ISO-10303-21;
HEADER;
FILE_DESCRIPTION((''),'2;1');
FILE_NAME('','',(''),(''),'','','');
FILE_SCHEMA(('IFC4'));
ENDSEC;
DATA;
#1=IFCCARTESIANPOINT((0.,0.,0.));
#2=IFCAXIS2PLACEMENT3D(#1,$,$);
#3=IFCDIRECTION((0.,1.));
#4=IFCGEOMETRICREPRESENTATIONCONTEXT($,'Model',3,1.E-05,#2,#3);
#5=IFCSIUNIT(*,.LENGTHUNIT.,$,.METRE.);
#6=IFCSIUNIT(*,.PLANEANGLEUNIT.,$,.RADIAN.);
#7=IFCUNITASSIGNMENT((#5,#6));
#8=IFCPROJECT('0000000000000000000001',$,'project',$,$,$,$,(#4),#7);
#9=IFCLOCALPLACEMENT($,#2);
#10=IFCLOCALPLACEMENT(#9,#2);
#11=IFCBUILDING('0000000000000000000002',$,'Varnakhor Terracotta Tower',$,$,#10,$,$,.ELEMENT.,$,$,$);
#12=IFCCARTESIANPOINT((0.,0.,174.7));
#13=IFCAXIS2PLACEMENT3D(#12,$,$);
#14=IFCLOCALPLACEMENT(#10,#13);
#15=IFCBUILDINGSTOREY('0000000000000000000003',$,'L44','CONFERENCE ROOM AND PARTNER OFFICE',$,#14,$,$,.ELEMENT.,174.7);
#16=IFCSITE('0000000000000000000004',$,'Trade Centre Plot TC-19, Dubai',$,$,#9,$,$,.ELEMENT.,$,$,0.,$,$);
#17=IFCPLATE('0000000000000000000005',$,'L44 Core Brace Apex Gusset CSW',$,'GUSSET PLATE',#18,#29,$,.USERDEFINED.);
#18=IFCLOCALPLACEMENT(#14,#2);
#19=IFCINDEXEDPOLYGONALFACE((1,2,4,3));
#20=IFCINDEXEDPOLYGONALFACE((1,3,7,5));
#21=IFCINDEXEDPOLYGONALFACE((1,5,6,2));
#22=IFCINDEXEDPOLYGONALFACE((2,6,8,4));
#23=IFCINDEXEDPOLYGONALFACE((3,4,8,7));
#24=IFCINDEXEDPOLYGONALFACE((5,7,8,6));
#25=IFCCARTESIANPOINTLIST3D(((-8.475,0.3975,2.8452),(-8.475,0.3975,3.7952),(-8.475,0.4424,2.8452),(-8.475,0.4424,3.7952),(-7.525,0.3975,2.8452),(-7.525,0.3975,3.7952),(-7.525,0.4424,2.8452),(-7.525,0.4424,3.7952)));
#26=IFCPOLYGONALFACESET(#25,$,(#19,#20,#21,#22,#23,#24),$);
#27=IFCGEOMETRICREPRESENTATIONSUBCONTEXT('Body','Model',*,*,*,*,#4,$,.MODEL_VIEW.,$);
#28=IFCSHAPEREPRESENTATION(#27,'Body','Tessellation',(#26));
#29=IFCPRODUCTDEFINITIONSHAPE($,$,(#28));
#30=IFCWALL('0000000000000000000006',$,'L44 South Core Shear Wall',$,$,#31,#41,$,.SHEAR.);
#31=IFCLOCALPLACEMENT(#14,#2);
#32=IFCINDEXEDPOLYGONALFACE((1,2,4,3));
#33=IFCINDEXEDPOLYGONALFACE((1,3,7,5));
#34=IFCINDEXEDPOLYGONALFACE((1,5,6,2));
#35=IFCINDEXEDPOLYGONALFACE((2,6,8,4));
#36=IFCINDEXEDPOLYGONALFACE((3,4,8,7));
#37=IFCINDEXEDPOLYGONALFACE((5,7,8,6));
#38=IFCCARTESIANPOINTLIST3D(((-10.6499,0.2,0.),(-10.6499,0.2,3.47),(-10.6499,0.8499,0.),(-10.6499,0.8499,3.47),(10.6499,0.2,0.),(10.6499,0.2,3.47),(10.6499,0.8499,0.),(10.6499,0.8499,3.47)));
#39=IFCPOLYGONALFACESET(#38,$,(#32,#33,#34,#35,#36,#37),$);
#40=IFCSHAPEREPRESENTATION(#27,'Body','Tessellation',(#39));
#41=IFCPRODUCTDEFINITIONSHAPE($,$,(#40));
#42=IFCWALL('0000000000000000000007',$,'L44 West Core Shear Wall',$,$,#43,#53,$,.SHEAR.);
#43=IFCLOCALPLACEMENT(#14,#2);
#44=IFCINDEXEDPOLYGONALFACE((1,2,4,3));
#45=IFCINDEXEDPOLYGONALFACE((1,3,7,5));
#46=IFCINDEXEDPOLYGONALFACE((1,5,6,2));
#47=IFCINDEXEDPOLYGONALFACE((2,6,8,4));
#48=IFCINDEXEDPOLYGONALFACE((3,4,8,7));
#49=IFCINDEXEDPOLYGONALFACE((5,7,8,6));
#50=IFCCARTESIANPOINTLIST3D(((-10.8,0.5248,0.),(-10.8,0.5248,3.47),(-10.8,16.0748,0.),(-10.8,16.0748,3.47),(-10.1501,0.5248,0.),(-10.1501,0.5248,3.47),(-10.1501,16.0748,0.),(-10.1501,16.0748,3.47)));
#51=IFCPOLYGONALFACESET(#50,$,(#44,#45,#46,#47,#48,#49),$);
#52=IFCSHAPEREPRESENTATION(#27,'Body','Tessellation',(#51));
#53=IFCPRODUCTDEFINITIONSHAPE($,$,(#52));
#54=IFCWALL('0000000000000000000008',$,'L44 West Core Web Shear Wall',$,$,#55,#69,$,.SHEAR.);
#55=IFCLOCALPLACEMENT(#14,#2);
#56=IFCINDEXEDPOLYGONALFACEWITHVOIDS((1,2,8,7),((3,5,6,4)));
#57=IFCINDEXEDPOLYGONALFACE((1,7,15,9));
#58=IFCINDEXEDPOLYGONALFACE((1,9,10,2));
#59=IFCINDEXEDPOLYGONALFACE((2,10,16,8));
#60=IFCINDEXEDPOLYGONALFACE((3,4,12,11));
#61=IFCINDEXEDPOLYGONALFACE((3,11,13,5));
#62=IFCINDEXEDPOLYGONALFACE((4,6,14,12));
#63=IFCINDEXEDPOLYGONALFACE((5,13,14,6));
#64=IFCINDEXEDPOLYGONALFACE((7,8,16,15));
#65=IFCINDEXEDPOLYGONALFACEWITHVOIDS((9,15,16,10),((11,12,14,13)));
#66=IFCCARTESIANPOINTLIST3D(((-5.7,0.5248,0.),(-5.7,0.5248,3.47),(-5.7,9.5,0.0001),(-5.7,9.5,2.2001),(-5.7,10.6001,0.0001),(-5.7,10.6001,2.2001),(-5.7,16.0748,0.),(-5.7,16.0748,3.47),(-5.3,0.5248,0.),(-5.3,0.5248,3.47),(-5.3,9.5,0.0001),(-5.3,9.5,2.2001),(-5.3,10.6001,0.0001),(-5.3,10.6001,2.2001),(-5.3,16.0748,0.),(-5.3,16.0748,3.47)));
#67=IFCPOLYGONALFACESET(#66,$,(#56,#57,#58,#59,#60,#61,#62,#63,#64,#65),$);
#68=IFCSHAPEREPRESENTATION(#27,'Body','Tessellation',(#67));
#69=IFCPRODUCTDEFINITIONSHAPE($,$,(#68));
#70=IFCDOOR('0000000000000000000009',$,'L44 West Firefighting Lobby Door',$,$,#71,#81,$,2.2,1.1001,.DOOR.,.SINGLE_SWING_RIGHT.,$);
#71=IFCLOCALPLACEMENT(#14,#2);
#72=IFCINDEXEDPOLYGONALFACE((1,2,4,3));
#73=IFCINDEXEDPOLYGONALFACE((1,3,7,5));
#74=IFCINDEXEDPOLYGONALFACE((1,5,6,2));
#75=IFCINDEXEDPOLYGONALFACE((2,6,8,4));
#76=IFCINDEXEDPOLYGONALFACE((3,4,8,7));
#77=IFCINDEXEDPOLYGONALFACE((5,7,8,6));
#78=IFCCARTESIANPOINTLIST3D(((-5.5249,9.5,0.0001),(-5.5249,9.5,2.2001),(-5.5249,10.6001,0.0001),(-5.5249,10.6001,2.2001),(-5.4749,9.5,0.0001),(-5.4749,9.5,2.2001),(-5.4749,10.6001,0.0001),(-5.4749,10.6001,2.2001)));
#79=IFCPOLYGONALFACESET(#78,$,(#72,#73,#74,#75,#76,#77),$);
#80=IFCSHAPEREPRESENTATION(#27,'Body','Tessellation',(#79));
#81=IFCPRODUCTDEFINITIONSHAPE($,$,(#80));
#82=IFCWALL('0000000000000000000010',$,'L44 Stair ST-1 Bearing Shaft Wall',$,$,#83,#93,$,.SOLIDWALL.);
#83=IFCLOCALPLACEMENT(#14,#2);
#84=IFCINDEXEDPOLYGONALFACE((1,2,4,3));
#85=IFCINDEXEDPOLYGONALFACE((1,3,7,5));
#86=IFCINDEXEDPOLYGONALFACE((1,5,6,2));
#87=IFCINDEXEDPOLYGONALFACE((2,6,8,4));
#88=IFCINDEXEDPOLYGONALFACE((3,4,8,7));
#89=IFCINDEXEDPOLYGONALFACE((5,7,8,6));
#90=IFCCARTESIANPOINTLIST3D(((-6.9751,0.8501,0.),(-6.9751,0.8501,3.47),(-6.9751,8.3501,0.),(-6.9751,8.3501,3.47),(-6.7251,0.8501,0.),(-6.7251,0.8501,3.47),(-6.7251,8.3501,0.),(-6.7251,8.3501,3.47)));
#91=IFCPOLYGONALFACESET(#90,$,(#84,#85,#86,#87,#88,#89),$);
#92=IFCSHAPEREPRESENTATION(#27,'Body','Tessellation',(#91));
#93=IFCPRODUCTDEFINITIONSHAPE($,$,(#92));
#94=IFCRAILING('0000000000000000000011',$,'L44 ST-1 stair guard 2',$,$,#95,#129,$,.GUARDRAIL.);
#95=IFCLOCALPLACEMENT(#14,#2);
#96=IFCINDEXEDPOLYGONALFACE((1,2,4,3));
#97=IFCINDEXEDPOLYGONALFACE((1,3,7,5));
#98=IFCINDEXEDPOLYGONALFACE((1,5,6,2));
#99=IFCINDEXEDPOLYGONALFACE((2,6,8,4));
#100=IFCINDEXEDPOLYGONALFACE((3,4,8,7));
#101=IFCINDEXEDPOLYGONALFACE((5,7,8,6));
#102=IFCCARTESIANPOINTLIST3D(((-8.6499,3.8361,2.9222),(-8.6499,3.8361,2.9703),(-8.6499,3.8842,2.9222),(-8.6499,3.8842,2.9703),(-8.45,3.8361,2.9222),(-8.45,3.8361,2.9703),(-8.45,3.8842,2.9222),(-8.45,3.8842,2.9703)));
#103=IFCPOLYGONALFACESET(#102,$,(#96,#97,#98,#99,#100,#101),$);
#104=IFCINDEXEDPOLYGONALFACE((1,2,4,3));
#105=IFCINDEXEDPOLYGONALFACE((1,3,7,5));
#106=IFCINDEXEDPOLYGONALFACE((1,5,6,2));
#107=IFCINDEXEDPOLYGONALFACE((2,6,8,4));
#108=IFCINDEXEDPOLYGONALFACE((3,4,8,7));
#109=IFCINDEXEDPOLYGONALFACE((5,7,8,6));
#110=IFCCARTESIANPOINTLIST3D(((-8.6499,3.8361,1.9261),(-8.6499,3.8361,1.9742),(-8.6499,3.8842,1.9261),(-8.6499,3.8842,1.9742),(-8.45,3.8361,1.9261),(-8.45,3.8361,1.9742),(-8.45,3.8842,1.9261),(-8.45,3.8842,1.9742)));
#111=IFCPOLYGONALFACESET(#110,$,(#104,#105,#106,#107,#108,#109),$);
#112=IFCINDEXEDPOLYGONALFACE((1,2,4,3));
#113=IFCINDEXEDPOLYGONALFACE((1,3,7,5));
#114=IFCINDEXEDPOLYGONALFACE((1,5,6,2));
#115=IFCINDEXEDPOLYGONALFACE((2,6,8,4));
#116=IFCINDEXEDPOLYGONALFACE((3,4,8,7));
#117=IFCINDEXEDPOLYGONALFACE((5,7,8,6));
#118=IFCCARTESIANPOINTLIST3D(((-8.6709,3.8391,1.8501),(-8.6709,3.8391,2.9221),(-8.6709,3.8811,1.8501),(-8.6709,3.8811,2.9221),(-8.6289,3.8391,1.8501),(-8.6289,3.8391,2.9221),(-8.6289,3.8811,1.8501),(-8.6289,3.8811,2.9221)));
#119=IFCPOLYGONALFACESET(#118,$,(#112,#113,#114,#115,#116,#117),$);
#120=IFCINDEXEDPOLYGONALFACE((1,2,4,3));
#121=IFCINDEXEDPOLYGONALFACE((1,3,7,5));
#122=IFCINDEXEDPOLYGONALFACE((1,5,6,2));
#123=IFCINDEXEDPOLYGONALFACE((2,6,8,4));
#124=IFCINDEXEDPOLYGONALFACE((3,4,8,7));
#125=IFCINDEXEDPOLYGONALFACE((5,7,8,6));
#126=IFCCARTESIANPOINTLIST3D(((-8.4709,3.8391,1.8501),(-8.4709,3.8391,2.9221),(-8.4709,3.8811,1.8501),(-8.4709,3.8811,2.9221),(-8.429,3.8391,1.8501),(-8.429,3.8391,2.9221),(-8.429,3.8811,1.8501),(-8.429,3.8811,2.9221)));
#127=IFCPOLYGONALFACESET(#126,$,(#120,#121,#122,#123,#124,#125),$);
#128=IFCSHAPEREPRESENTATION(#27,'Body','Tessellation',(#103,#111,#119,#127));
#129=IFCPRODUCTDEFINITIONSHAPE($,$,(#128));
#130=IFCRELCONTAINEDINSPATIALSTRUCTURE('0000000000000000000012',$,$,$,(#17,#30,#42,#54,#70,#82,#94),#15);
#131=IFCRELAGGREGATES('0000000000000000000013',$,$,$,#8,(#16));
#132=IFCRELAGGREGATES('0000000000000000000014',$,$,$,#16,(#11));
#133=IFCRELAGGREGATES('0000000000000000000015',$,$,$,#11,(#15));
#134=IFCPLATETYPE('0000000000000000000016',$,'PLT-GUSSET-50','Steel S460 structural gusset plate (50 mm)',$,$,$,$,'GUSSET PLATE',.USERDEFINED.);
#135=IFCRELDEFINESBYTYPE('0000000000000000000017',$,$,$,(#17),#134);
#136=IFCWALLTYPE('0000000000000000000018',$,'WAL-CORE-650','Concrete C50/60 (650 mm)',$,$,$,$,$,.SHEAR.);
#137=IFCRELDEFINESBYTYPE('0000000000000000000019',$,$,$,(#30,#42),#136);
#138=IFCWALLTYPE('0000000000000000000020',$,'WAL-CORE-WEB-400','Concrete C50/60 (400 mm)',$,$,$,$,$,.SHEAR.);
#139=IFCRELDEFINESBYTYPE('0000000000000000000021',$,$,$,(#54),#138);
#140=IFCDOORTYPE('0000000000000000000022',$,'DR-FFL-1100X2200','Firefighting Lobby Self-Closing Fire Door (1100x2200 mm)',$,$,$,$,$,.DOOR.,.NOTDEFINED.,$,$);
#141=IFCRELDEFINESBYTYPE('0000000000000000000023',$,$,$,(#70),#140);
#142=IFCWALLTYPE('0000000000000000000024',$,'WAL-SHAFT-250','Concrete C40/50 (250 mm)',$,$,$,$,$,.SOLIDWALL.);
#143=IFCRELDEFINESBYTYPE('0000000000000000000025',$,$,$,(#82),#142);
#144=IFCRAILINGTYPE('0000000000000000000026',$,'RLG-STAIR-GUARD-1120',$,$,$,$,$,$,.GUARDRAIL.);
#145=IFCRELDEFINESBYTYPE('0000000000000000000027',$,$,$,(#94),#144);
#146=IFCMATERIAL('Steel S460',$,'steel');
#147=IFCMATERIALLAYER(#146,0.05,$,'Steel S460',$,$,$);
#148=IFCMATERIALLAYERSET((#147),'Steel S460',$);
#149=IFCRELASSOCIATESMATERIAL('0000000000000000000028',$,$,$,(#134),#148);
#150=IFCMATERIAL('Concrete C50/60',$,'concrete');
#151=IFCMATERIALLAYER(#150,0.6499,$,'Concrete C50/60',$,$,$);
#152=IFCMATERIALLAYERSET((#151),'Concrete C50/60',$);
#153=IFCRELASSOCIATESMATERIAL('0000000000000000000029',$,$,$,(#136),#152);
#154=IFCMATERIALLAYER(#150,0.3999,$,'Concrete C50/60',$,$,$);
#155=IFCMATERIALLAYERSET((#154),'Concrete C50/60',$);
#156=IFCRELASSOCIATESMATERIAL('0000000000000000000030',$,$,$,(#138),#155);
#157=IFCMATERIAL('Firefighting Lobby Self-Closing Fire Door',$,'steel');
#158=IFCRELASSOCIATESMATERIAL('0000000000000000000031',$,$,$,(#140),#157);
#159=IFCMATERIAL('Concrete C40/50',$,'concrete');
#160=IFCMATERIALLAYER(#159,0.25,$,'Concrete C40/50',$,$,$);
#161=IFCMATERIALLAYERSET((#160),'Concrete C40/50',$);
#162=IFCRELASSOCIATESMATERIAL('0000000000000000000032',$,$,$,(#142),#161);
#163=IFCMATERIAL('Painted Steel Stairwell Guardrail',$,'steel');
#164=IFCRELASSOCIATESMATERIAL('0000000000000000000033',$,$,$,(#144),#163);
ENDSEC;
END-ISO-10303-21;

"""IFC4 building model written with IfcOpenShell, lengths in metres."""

from ifc_helpers import new_model, si_unit, direction, frame, frame_2d, origin, origin_2d, place, context, subcontext, project, spatial, rectangle, extrude, source, transform, mapped, material, layer, layer_set, type_object, type_shapes, element, fill, save


model = new_model("IFC4")

# Units and contexts
model_context = context("Model", 3, precision=1e-05, world=origin(), true_north=direction((0.0, 1.0)))
body_context = subcontext(model_context, "Body", "Model", "MODEL_VIEW")
ifc_project = project(units=[si_unit("LENGTHUNIT", "METRE"), si_unit("PLANEANGLEUNIT", "RADIAN")], contexts=[model_context])

# Site, building, storey
site_placement = place(None, origin())
site = spatial("IfcSite", under=ifc_project, at=site_placement, Name="Trade Centre Plot TC-19, Dubai", CompositionType="ELEMENT", RefElevation=0.0)
building_placement = place(site_placement, origin())
building = spatial("IfcBuilding", under=site, at=building_placement, Name="Varnakhor Terracotta Tower", CompositionType="ELEMENT")
storey_placement = place(building_placement, frame((0.0, 0.0, 174.7)))
storey = spatial("IfcBuildingStorey", under=building, at=storey_placement, Name="L44", Description="CONFERENCE ROOM AND PARTNER OFFICE", CompositionType="ELEMENT", Elevation=174.7)

# Shared definitions
ifc_material_1 = material(Name="Concrete C50/60", Category="concrete")

# Shared definitions
ifc_material_2 = material(Name="Steel S460", Category="steel")

# Plate
ifc_layer_1 = layer(ifc_material_2, 0.05, Name="Steel S460")
ifc_layer_set_1 = layer_set([ifc_layer_1], Name="Steel S460")
plate_type = type_object("IfcPlateType", Name="PLT-GUSSET-50", Description="Steel S460 structural gusset plate (50 mm)", ElementType="GUSSET PLATE", PredefinedType="USERDEFINED", material=ifc_layer_set_1)
shared_shape_1 = source(origin(), body_context, "Body", "SweptSolid", [
    extrude(rectangle(XDim=0.95, YDim=0.0449, at=origin_2d()), origin(), (0.0, 0.0, 1.0), 0.95),
])
plate_placement = place(storey_placement, frame((-8.0, 0.4199, 2.8452), z_axis=(0.0, 0.0, 1.0), x_axis=(1.0, 0.0, 0.0)))
element("IfcPlate", 1, at=plate_placement, inside=storey, type_object=plate_type, Name="L44 Core Brace Apex Gusset CSW", ObjectType="GUSSET PLATE", PredefinedType="USERDEFINED", context=body_context, shape_type="MappedRepresentation", body=[
    mapped(shared_shape_1, transform((0.0, 0.0, 0.0), scale=1.0)),
])

# Walls
ifc_layer_2 = layer(ifc_material_1, 0.6499, Name="Concrete C50/60")
ifc_layer_set_2 = layer_set([ifc_layer_2], Name="Concrete C50/60")
wall_type_1 = type_object("IfcWallType", Name="WAL-CORE-650", Description="Concrete C50/60 (650 mm)", PredefinedType="SHEAR", material=ifc_layer_set_2)
wall_1_placement = place(storey_placement, frame((-10.6499, 0.5249, 0.0), z_axis=(0.0, 0.0, 1.0), x_axis=(1.0, 0.0, 0.0)))
element("IfcWall", 2, at=wall_1_placement, inside=storey, type_object=wall_type_1, Name="L44 South Core Shear Wall", PredefinedType="SHEAR", context=body_context, shape_type="SweptSolid", body=[
    extrude(rectangle(XDim=21.2998, YDim=0.6499, at=frame_2d((10.6499, 0.0))), origin(), (0.0, 0.0, 1.0), 3.47),
])
wall_2_placement = place(storey_placement, frame((-10.4751, 0.5249, 0.0), z_axis=(0.0, 0.0, 1.0), x_axis=(0.0, 1.0, 0.0)))
element("IfcWall", 3, at=wall_2_placement, inside=storey, type_object=wall_type_1, Name="L44 West Core Shear Wall", PredefinedType="SHEAR", context=body_context, shape_type="SweptSolid", body=[
    extrude(rectangle(XDim=15.55, YDim=0.6499, at=frame_2d((7.7749, 0.0))), origin(), (0.0, 0.0, 1.0), 3.47),
])

# Wall, opening, door
ifc_layer_3 = layer(ifc_material_1, 0.3999, Name="Concrete C50/60")
ifc_layer_set_3 = layer_set([ifc_layer_3], Name="Concrete C50/60")
wall_type_2 = type_object("IfcWallType", Name="WAL-CORE-WEB-400", Description="Concrete C50/60 (400 mm)", PredefinedType="SHEAR", material=ifc_layer_set_3)
wall_3_placement = place(storey_placement, frame((-5.5, 0.5249, 0.0), z_axis=(0.0, 0.0, 1.0), x_axis=(0.0, 1.0, 0.0)))
wall_3 = element("IfcWall", 4, at=wall_3_placement, inside=storey, type_object=wall_type_2, Name="L44 West Core Web Shear Wall", PredefinedType="SHEAR", context=body_context, shape_type="SweptSolid", body=[
    extrude(rectangle(XDim=15.55, YDim=0.3999, at=frame_2d((7.7749, 0.0))), origin(), (0.0, 0.0, 1.0), 3.47),
])
opening_placement = place(wall_3_placement, frame((8.9751, 0.0, 0.0)))
opening = element("IfcOpeningElement", 5, at=opening_placement, cuts=wall_3, PredefinedType="OPENING", context=body_context, shape_type="SweptSolid", body=[
    extrude(rectangle(XDim=1.1001, YDim=2.2, at=frame_2d((0.55, 1.1001))), frame((0.0, 0.21, 0.0), z_axis=(0.0, -1.0, 0.0), x_axis=(1.0, 0.0, 0.0)), (0.0, 0.0, 1.0), 0.4199),
])
ifc_material_3 = material(Name="Firefighting Lobby Self-Closing Fire Door", Category="steel")
door_type = type_object("IfcDoorType", Name="DR-FFL-1100X2200", Description="Firefighting Lobby Self-Closing Fire Door (1100x2200 mm)", OperationType="NOTDEFINED", PredefinedType="DOOR", material=ifc_material_3)
shared_shape_2 = source(origin(), body_context, "Body", "SweptSolid", [
    extrude(rectangle(XDim=1.1001, YDim=2.2, at=frame_2d((0.55, 1.1001))), frame((0.0, 0.0249, 0.0), z_axis=(0.0, -1.0, 0.0), x_axis=(1.0, 0.0, 0.0)), (0.0, 0.0, 1.0), 0.05),
])
type_shapes(door_type, [shared_shape_2])
door_placement = place(opening_placement, origin())
door = element("IfcDoor", 6, at=door_placement, inside=storey, type_object=door_type, Name="L44 West Firefighting Lobby Door", OperationType="SINGLE_SWING_RIGHT", OverallHeight=2.2, OverallWidth=1.1001, PredefinedType="DOOR", context=body_context, shape_type="MappedRepresentation", body=[
    mapped(shared_shape_2, transform((0.0, 0.0, 0.0), scale=1.0)),
])
fill(opening, door)

# Wall
ifc_material_4 = material(Name="Concrete C40/50", Category="concrete")
ifc_layer_4 = layer(ifc_material_4, 0.25, Name="Concrete C40/50")
ifc_layer_set_4 = layer_set([ifc_layer_4], Name="Concrete C40/50")
wall_type_3 = type_object("IfcWallType", Name="WAL-SHAFT-250", Description="Concrete C40/50 (250 mm)", PredefinedType="SOLIDWALL", material=ifc_layer_set_4)
wall_4_placement = place(storey_placement, frame((-6.8501, 0.8501, 0.0), z_axis=(0.0, 0.0, 1.0), x_axis=(0.0, 1.0, 0.0)))
element("IfcWall", 7, at=wall_4_placement, inside=storey, type_object=wall_type_3, Name="L44 Stair ST-1 Bearing Shaft Wall", PredefinedType="SOLIDWALL", context=body_context, shape_type="SweptSolid", body=[
    extrude(rectangle(XDim=7.5, YDim=0.25, at=frame_2d((3.75, 0.0))), origin(), (0.0, 0.0, 1.0), 3.47),
])

# Railing
ifc_material_5 = material(Name="Painted Steel Stairwell Guardrail", Category="steel")
railing_type = type_object("IfcRailingType", Name="RLG-STAIR-GUARD-1120", PredefinedType="GUARDRAIL", material=ifc_material_5)
railing_placement = place(storey_placement, frame((-8.6499, 3.8601, 1.8501)))
element("IfcRailing", 8, at=railing_placement, inside=storey, type_object=railing_type, Name="L44 ST-1 stair guard 2", PredefinedType="GUARDRAIL", context=body_context, shape_type="SweptSolid", body=[
    extrude(rectangle(XDim=0.0481, YDim=0.0481, at=origin_2d()), frame((0.0, 0.0, 1.0962), z_axis=(1.0, 0.0, 0.0), x_axis=(0.0, 1.0, 0.0)), (0.0, 0.0, 1.0), 0.2),
    extrude(rectangle(XDim=0.0481, YDim=0.0481, at=origin_2d()), frame((0.0, 0.0, 0.1001), z_axis=(1.0, 0.0, 0.0), x_axis=(0.0, 1.0, 0.0)), (0.0, 0.0, 1.0), 0.2),
    extrude(rectangle(XDim=0.042, YDim=0.042, at=origin_2d()), origin(), (0.0, 0.0, 1.0), 1.072),
    extrude(rectangle(XDim=0.042, YDim=0.042, at=origin_2d()), frame((0.2, 0.0, 0.0)), (0.0, 0.0, 1.0), 1.072),
])

save(model, "model.ifc")
